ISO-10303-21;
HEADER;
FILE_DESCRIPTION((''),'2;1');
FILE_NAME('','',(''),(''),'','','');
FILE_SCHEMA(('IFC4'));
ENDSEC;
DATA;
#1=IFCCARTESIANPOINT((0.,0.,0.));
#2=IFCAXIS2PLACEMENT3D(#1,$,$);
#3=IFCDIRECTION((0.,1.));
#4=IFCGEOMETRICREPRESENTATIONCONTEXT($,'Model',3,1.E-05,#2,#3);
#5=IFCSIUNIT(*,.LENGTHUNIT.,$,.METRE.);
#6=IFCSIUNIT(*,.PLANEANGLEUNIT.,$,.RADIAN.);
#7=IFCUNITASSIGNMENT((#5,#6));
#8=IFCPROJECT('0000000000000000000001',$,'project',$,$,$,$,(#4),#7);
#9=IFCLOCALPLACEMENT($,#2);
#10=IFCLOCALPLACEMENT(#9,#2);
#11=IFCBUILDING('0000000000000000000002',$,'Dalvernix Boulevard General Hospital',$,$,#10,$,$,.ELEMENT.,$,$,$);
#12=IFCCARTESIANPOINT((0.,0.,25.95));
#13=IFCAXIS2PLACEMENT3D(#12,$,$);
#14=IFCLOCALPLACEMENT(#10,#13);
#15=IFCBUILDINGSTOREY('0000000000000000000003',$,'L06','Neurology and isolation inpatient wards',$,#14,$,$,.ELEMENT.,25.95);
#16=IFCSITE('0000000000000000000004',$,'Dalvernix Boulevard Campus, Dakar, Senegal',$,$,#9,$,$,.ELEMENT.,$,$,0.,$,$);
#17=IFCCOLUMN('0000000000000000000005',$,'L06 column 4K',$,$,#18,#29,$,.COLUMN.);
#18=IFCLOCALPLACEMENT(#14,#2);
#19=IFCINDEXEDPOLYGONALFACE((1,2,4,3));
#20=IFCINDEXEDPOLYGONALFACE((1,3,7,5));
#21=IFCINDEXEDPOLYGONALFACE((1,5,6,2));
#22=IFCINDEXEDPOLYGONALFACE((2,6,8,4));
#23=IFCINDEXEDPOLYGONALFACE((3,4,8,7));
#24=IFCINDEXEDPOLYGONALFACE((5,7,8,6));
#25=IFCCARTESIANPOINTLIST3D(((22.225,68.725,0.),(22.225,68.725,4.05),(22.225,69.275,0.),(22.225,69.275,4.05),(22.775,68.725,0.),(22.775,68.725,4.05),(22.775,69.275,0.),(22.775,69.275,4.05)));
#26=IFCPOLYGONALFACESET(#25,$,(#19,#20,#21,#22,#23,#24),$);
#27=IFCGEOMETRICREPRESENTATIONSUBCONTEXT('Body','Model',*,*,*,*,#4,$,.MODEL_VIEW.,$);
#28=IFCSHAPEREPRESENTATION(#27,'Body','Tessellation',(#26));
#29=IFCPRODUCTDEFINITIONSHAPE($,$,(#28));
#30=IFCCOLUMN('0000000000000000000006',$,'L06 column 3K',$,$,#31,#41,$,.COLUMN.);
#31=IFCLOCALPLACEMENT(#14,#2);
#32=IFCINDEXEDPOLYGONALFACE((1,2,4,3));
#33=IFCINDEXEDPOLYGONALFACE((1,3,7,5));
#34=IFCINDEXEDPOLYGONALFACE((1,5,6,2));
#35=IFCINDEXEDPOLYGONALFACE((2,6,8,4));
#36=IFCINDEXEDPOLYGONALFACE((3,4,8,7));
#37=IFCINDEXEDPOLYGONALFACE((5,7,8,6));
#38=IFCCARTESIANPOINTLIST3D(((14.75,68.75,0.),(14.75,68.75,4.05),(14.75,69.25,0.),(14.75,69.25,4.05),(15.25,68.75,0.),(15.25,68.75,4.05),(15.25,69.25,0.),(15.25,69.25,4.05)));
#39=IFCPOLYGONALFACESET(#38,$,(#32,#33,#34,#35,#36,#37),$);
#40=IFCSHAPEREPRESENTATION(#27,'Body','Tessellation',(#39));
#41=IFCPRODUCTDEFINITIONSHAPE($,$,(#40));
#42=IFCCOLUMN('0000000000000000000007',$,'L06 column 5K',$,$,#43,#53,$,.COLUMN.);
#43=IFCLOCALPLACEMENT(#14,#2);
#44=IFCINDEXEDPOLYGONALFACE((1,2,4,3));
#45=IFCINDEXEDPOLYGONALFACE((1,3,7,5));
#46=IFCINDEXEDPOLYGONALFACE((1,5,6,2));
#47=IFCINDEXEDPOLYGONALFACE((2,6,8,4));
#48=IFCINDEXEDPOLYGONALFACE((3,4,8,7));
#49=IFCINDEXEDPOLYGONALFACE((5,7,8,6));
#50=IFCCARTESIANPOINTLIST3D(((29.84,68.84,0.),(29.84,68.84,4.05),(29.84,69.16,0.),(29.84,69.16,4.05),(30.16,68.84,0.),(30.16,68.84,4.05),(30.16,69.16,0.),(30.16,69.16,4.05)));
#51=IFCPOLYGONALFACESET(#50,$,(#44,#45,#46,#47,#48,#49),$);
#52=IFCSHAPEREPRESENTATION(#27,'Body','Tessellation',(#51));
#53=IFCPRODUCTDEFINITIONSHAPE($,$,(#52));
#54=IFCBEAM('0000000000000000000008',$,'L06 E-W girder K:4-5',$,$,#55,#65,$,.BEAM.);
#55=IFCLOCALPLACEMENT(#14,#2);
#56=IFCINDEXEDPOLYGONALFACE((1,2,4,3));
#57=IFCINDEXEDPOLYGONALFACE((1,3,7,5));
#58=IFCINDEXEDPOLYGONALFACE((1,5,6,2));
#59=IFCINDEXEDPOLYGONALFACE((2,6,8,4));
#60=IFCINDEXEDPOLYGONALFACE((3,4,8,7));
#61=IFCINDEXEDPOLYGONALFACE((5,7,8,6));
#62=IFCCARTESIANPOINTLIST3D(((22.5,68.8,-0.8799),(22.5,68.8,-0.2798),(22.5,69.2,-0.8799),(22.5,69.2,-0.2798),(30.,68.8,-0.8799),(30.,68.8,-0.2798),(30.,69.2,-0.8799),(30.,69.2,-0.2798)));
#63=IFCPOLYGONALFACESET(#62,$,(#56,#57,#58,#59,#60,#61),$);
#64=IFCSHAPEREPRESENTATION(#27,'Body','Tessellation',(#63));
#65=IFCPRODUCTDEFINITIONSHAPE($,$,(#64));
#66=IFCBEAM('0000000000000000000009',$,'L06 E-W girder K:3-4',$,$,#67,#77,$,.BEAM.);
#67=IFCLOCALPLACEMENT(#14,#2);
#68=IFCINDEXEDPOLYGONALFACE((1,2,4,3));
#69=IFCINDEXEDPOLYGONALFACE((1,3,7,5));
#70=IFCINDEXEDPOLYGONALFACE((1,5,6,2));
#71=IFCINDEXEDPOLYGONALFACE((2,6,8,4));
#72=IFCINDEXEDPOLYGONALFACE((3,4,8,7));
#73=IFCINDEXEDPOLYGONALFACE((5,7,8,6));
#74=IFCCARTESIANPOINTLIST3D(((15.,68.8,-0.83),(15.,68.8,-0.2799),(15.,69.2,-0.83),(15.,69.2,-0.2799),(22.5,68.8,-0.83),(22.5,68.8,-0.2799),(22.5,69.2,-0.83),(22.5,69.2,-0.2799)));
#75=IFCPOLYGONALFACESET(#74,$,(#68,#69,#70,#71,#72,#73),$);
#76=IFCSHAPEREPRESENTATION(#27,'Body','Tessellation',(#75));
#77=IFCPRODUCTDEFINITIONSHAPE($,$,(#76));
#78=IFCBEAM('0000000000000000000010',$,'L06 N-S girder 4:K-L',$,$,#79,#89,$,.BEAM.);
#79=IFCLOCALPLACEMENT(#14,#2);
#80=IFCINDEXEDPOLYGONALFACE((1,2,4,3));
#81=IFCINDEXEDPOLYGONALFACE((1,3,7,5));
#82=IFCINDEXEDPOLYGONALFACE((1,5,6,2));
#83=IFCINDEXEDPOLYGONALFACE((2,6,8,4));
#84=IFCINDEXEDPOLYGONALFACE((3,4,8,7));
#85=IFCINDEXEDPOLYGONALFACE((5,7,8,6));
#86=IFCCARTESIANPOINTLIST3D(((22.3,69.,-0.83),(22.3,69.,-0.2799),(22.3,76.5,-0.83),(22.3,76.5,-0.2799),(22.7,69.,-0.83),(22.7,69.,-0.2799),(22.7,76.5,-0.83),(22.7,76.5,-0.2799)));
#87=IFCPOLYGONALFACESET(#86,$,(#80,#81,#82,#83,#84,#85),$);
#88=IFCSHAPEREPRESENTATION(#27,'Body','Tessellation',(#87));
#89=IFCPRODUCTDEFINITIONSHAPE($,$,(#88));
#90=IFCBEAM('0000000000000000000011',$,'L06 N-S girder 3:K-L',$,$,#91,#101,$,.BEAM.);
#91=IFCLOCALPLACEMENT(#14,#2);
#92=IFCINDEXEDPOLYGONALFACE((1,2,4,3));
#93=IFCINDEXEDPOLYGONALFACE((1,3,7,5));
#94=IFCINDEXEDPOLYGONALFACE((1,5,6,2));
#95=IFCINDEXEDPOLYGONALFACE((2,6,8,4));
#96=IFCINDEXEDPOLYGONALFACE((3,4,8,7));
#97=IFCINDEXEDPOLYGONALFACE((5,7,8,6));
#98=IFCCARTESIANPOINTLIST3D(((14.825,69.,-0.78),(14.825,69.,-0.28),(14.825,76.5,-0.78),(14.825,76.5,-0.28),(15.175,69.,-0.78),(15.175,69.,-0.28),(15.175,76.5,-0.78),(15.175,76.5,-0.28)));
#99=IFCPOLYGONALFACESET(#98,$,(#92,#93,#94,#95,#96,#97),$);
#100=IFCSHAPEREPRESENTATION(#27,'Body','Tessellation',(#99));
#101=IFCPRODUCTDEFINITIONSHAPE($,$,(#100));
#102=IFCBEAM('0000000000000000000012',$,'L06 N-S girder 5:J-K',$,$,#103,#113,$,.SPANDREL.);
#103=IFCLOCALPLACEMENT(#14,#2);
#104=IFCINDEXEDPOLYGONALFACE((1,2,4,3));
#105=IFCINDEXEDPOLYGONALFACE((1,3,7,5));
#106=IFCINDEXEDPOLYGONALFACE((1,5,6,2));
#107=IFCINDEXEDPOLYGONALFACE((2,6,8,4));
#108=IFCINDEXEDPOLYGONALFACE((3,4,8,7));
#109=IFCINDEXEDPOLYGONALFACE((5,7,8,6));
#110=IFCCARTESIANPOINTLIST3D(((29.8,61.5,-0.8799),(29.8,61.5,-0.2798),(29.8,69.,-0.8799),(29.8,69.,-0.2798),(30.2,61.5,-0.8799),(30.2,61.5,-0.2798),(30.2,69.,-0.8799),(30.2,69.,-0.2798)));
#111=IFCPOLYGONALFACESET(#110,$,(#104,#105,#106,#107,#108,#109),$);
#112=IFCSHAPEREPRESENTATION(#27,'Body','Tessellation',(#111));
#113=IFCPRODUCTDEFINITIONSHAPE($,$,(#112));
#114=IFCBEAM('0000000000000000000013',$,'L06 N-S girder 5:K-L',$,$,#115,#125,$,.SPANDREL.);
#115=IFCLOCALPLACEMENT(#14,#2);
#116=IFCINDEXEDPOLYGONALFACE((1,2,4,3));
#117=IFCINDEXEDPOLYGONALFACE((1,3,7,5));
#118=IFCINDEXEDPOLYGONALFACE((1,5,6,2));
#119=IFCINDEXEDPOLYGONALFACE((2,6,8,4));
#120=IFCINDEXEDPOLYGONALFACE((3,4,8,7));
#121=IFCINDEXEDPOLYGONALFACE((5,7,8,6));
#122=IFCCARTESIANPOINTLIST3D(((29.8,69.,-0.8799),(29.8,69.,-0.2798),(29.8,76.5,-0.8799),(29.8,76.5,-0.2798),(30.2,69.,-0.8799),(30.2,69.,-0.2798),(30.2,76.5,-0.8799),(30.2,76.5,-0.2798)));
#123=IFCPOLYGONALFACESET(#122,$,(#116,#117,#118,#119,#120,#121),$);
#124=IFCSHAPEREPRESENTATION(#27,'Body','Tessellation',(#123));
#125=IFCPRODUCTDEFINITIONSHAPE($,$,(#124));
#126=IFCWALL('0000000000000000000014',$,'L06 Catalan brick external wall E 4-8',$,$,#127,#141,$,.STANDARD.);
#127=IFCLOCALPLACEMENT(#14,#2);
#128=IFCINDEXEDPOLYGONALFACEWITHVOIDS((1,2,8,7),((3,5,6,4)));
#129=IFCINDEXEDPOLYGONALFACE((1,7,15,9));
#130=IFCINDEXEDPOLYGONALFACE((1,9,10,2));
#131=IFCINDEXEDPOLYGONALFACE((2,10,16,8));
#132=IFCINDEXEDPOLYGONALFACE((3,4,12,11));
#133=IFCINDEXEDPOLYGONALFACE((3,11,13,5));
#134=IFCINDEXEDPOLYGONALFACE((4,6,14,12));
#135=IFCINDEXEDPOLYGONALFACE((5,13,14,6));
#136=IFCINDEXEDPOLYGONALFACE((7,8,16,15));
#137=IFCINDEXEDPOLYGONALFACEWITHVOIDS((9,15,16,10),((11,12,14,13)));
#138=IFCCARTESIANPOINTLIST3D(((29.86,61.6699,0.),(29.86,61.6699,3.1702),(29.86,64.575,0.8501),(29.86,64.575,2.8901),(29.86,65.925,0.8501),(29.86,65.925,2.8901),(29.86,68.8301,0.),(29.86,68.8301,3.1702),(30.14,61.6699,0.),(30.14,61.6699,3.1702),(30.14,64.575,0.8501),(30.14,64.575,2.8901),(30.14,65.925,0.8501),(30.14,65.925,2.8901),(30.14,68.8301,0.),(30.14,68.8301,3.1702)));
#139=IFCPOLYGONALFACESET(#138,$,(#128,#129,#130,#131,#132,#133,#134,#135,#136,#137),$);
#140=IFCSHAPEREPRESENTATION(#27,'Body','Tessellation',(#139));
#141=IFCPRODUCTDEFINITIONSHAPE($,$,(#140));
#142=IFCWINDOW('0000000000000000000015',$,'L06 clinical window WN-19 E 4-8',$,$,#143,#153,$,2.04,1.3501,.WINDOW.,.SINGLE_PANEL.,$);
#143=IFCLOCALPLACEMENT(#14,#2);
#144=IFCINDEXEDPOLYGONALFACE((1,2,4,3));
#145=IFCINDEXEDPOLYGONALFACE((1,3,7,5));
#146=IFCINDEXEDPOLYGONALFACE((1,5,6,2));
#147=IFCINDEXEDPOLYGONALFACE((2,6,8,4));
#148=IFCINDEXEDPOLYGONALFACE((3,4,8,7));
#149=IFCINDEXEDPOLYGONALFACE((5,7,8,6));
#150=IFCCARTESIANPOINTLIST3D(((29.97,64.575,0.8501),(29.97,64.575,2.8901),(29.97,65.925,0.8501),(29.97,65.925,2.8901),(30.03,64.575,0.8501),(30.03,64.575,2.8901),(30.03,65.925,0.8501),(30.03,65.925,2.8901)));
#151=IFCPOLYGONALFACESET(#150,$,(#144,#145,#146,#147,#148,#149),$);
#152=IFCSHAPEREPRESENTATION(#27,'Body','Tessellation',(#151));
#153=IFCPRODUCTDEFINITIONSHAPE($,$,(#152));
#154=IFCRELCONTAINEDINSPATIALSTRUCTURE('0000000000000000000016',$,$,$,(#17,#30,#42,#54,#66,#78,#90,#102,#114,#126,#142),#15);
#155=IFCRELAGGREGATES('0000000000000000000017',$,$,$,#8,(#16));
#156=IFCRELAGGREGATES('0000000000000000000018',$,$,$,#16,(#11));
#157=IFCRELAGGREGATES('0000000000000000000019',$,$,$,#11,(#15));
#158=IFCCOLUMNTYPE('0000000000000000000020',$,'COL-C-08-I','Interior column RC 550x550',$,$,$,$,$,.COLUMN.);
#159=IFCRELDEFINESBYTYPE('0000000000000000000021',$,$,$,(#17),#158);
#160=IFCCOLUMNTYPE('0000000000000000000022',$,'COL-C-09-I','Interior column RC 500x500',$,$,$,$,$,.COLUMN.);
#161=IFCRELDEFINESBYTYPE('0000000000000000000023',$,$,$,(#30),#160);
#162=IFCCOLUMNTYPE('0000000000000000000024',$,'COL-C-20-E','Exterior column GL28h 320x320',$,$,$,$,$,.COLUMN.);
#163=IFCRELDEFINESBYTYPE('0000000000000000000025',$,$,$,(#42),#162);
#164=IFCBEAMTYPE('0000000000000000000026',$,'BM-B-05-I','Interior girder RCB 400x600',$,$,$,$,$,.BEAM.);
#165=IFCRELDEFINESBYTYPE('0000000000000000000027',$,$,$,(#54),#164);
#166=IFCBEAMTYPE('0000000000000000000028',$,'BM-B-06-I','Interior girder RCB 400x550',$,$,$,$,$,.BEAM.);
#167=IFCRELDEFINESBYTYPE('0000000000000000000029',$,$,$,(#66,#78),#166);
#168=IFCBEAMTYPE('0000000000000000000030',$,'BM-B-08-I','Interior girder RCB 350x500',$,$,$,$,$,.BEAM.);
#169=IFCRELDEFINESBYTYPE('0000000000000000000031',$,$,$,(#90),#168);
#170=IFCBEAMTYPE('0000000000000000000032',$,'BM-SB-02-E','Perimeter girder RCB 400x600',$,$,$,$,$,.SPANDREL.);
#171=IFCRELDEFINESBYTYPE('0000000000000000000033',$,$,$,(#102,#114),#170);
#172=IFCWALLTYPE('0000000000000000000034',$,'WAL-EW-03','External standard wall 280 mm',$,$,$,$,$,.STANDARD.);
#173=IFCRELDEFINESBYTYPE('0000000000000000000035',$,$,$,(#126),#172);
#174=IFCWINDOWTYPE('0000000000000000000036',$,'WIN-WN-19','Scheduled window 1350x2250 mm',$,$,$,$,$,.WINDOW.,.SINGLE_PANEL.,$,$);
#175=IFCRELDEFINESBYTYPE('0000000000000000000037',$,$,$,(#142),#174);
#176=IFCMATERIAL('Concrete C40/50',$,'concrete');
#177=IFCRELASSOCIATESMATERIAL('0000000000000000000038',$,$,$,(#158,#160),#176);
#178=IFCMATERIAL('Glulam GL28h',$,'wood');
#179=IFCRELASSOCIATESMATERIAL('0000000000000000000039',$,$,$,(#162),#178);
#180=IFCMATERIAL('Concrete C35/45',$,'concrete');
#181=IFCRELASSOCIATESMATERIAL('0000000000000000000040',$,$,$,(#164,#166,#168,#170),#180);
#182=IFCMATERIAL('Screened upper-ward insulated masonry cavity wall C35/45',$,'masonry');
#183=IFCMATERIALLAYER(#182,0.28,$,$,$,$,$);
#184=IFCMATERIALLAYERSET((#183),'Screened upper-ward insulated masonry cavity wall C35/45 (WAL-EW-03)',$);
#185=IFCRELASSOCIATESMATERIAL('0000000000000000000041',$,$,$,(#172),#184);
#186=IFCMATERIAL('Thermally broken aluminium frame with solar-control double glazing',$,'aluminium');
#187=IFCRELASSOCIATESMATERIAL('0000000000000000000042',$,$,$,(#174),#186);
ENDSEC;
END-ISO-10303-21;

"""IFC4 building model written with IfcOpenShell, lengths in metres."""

from ifc_helpers import new_model, si_unit, direction, frame, frame_2d, origin, origin_2d, place, context, subcontext, project, spatial, rectangle, extrude, material, layer, layer_set, material_profile, profile_set, type_object, element, fill, save


model = new_model("IFC4")

# Units and contexts
model_context = context("Model", 3, precision=1e-05, world=origin(), true_north=direction((0.0, 1.0)))
body_context = subcontext(model_context, "Body", "Model", "MODEL_VIEW")
ifc_project = project(units=[si_unit("LENGTHUNIT", "METRE"), si_unit("PLANEANGLEUNIT", "RADIAN")], contexts=[model_context])

# Site, building, storey
site_placement = place(None, origin())
site = spatial("IfcSite", under=ifc_project, at=site_placement, Name="Dalvernix Boulevard Campus, Dakar, Senegal", CompositionType="ELEMENT", RefElevation=0.0)
building_placement = place(site_placement, origin())
building = spatial("IfcBuilding", under=site, at=building_placement, Name="Dalvernix Boulevard General Hospital", CompositionType="ELEMENT")
storey_placement = place(building_placement, frame((0.0, 0.0, 25.95)))
storey = spatial("IfcBuildingStorey", under=building, at=storey_placement, Name="L06", Description="Neurology and isolation inpatient wards", CompositionType="ELEMENT", Elevation=25.95)

# Columns
ifc_material_1 = material(Name="Concrete C40/50", Category="concrete")
ifc_material_profile_1 = material_profile(ifc_material_1, rectangle(XDim=0.55, YDim=0.55, at=origin_2d()), Name="RC 550x550")
ifc_profile_set_1 = profile_set([ifc_material_profile_1], Name="Concrete C40/50")
column_type_1 = type_object("IfcColumnType", Name="COL-C-08-I", Description="Interior column RC 550x550", PredefinedType="COLUMN", material=ifc_profile_set_1)
column_1_placement = place(storey_placement, frame((22.5, 69.0, 0.0), z_axis=(0.0, 0.0, 1.0), x_axis=(1.0, 0.0, 0.0)))
element("IfcColumn", 1, at=column_1_placement, inside=storey, type_object=column_type_1, Name="L06 column 4K", PredefinedType="COLUMN", context=body_context, shape_type="SweptSolid", body=[
    extrude(rectangle(XDim=0.55, YDim=0.55, at=origin_2d()), origin(), (0.0, 0.0, 1.0), 4.05),
])
ifc_material_profile_2 = material_profile(ifc_material_1, rectangle(XDim=0.5, YDim=0.5, at=origin_2d()), Name="RC 500x500")
ifc_profile_set_2 = profile_set([ifc_material_profile_2], Name="Concrete C40/50")
column_type_2 = type_object("IfcColumnType", Name="COL-C-09-I", Description="Interior column RC 500x500", PredefinedType="COLUMN", material=ifc_profile_set_2)
column_2_placement = place(storey_placement, frame((15.0, 69.0, 0.0), z_axis=(0.0, 0.0, 1.0), x_axis=(1.0, 0.0, 0.0)))
element("IfcColumn", 2, at=column_2_placement, inside=storey, type_object=column_type_2, Name="L06 column 3K", PredefinedType="COLUMN", context=body_context, shape_type="SweptSolid", body=[
    extrude(rectangle(XDim=0.5, YDim=0.5, at=origin_2d()), origin(), (0.0, 0.0, 1.0), 4.05),
])
ifc_material_2 = material(Name="Glulam GL28h", Category="wood")
ifc_material_profile_3 = material_profile(ifc_material_2, rectangle(XDim=0.3201, YDim=0.3201, at=origin_2d()), Name="GL28h 320x320")
ifc_profile_set_3 = profile_set([ifc_material_profile_3], Name="Glulam GL28h")
column_type_3 = type_object("IfcColumnType", Name="COL-C-20-E", Description="Exterior column GL28h 320x320", PredefinedType="COLUMN", material=ifc_profile_set_3)
column_3_placement = place(storey_placement, frame((30.0, 69.0, 0.0), z_axis=(0.0, 0.0, 1.0), x_axis=(1.0, 0.0, 0.0)))
element("IfcColumn", 3, at=column_3_placement, inside=storey, type_object=column_type_3, Name="L06 column 5K", PredefinedType="COLUMN", context=body_context, shape_type="SweptSolid", body=[
    extrude(rectangle(XDim=0.3201, YDim=0.3201, at=origin_2d()), origin(), (0.0, 0.0, 1.0), 4.05),
])

# Beams
ifc_material_3 = material(Name="Concrete C35/45", Category="concrete")
ifc_material_profile_4 = material_profile(ifc_material_3, rectangle(XDim=0.3999, YDim=0.6001, at=origin_2d()), Name="RCB 400x600")
ifc_profile_set_4 = profile_set([ifc_material_profile_4], Name="Concrete C35/45")
beam_type_1 = type_object("IfcBeamType", Name="BM-B-05-I", Description="Interior girder RCB 400x600", PredefinedType="BEAM", material=ifc_profile_set_4)
beam_1_placement = place(storey_placement, frame((22.5, 69.0, -0.5798), z_axis=(1.0, 0.0, 0.0), x_axis=(0.0, 1.0, 0.0)))
element("IfcBeam", 4, at=beam_1_placement, inside=storey, type_object=beam_type_1, Name="L06 E-W girder K:4-5", PredefinedType="BEAM", context=body_context, shape_type="SweptSolid", body=[
    extrude(rectangle(XDim=0.3999, YDim=0.6001, at=origin_2d()), origin(), (0.0, 0.0, 1.0), 7.5),
])
ifc_material_profile_5 = material_profile(ifc_material_3, rectangle(XDim=0.3999, YDim=0.55, at=origin_2d()), Name="RCB 400x550")
ifc_profile_set_5 = profile_set([ifc_material_profile_5], Name="Concrete C35/45")
beam_type_2 = type_object("IfcBeamType", Name="BM-B-06-I", Description="Interior girder RCB 400x550", PredefinedType="BEAM", material=ifc_profile_set_5)
for number, where, z_axis, x_axis, name in (
    (5, (15.0, 69.0, -0.5549), (1.0, 0.0, 0.0), (0.0, 1.0, 0.0), "L06 E-W girder K:3-4"),
    (6, (22.5, 69.0, -0.5549), (0.0, 1.0, 0.0), (-1.0, 0.0, 0.0), "L06 N-S girder 4:K-L"),
):
    element("IfcBeam", number, at=place(storey_placement, frame(where, z_axis=z_axis, x_axis=x_axis)), inside=storey, type_object=beam_type_2, Name=name, PredefinedType="BEAM", context=body_context, shape_type="SweptSolid", body=[
        extrude(rectangle(XDim=0.3999, YDim=0.55, at=origin_2d()), origin(), (0.0, 0.0, 1.0), 7.5),
    ])
ifc_material_profile_6 = material_profile(ifc_material_3, rectangle(XDim=0.3501, YDim=0.5, at=origin_2d()), Name="RCB 350x500")
ifc_profile_set_6 = profile_set([ifc_material_profile_6], Name="Concrete C35/45")
beam_type_3 = type_object("IfcBeamType", Name="BM-B-08-I", Description="Interior girder RCB 350x500", PredefinedType="BEAM", material=ifc_profile_set_6)
beam_2_placement = place(storey_placement, frame((15.0, 69.0, -0.53), z_axis=(0.0, 1.0, 0.0), x_axis=(-1.0, 0.0, 0.0)))
element("IfcBeam", 7, at=beam_2_placement, inside=storey, type_object=beam_type_3, Name="L06 N-S girder 3:K-L", PredefinedType="BEAM", context=body_context, shape_type="SweptSolid", body=[
    extrude(rectangle(XDim=0.3501, YDim=0.5, at=origin_2d()), origin(), (0.0, 0.0, 1.0), 7.5),
])
ifc_material_profile_7 = material_profile(ifc_material_3, rectangle(XDim=0.3999, YDim=0.6001, at=origin_2d()), Name="RCB 400x600")
ifc_profile_set_7 = profile_set([ifc_material_profile_7], Name="Concrete C35/45")
beam_type_4 = type_object("IfcBeamType", Name="BM-SB-02-E", Description="Perimeter girder RCB 400x600", PredefinedType="SPANDREL", material=ifc_profile_set_7)
for number, where, z_axis, x_axis, name in (
    (8, (30.0, 61.5, -0.5798), (0.0, 1.0, 0.0), (-1.0, 0.0, 0.0), "L06 N-S girder 5:J-K"),
    (9, (30.0, 69.0, -0.5798), (0.0, 1.0, 0.0), (-1.0, 0.0, 0.0), "L06 N-S girder 5:K-L"),
):
    element("IfcBeam", number, at=place(storey_placement, frame(where, z_axis=z_axis, x_axis=x_axis)), inside=storey, type_object=beam_type_4, Name=name, PredefinedType="SPANDREL", context=body_context, shape_type="SweptSolid", body=[
        extrude(rectangle(XDim=0.3999, YDim=0.6001, at=origin_2d()), origin(), (0.0, 0.0, 1.0), 7.5),
    ])

# Wall, opening, window
ifc_material_4 = material(Name="Screened upper-ward insulated masonry cavity wall C35/45", Category="masonry")
ifc_layer_1 = layer(ifc_material_4, 0.28)
ifc_layer_set_1 = layer_set([ifc_layer_1], Name="Screened upper-ward insulated masonry cavity wall C35/45 (WAL-EW-03)")
wall_type_1 = type_object("IfcWallType", Name="WAL-EW-03", Description="External standard wall 280 mm", PredefinedType="STANDARD", material=ifc_layer_set_1)
wall_1_placement = place(storey_placement, frame((30.0, 68.8301, 0.0), z_axis=(0.0, 0.0, 1.0), x_axis=(0.0, -1.0, 0.0)))
wall_1 = element("IfcWall", 10, at=wall_1_placement, inside=storey, type_object=wall_type_1, Name="L06 Catalan brick external wall E 4-8", PredefinedType="STANDARD", context=body_context, shape_type="SweptSolid", body=[
    extrude(rectangle(XDim=7.1602, YDim=0.28, at=frame_2d((3.5801, 0.0))), origin(), (0.0, 0.0, 1.0), 3.1702),
])
opening_1_placement = place(wall_1_placement, frame((2.905, 0.0, 0.8501)))
opening_1 = element("IfcOpeningElement", 11, at=opening_1_placement, cuts=wall_1, PredefinedType="OPENING", context=body_context, shape_type="SweptSolid", body=[
    extrude(rectangle(XDim=1.3501, YDim=2.04, at=frame_2d((0.675, 1.02))), frame((0.0, 0.1499, 0.0), z_axis=(0.0, -1.0, 0.0), x_axis=(1.0, 0.0, 0.0)), (0.0, 0.0, 1.0), 0.3),
])
ifc_material_5 = material(Name="Thermally broken aluminium frame with solar-control double glazing", Category="aluminium")
window_type = type_object("IfcWindowType", Name="WIN-WN-19", Description="Scheduled window 1350x2250 mm", PartitioningType="SINGLE_PANEL", PredefinedType="WINDOW", material=ifc_material_5)
window_placement = place(opening_1_placement, origin())
window = element("IfcWindow", 12, at=window_placement, inside=storey, type_object=window_type, Name="L06 clinical window WN-19 E 4-8", OverallHeight=2.04, OverallWidth=1.3501, PartitioningType="SINGLE_PANEL", PredefinedType="WINDOW", context=body_context, shape_type="SweptSolid", body=[
    extrude(rectangle(XDim=1.3501, YDim=2.04, at=frame_2d((0.675, 1.02))), frame((0.0, 0.03, 0.0), z_axis=(0.0, -1.0, 0.0), x_axis=(1.0, 0.0, 0.0)), (0.0, 0.0, 1.0), 0.0601),
])
fill(opening_1, window)

save(model, "model.ifc")
